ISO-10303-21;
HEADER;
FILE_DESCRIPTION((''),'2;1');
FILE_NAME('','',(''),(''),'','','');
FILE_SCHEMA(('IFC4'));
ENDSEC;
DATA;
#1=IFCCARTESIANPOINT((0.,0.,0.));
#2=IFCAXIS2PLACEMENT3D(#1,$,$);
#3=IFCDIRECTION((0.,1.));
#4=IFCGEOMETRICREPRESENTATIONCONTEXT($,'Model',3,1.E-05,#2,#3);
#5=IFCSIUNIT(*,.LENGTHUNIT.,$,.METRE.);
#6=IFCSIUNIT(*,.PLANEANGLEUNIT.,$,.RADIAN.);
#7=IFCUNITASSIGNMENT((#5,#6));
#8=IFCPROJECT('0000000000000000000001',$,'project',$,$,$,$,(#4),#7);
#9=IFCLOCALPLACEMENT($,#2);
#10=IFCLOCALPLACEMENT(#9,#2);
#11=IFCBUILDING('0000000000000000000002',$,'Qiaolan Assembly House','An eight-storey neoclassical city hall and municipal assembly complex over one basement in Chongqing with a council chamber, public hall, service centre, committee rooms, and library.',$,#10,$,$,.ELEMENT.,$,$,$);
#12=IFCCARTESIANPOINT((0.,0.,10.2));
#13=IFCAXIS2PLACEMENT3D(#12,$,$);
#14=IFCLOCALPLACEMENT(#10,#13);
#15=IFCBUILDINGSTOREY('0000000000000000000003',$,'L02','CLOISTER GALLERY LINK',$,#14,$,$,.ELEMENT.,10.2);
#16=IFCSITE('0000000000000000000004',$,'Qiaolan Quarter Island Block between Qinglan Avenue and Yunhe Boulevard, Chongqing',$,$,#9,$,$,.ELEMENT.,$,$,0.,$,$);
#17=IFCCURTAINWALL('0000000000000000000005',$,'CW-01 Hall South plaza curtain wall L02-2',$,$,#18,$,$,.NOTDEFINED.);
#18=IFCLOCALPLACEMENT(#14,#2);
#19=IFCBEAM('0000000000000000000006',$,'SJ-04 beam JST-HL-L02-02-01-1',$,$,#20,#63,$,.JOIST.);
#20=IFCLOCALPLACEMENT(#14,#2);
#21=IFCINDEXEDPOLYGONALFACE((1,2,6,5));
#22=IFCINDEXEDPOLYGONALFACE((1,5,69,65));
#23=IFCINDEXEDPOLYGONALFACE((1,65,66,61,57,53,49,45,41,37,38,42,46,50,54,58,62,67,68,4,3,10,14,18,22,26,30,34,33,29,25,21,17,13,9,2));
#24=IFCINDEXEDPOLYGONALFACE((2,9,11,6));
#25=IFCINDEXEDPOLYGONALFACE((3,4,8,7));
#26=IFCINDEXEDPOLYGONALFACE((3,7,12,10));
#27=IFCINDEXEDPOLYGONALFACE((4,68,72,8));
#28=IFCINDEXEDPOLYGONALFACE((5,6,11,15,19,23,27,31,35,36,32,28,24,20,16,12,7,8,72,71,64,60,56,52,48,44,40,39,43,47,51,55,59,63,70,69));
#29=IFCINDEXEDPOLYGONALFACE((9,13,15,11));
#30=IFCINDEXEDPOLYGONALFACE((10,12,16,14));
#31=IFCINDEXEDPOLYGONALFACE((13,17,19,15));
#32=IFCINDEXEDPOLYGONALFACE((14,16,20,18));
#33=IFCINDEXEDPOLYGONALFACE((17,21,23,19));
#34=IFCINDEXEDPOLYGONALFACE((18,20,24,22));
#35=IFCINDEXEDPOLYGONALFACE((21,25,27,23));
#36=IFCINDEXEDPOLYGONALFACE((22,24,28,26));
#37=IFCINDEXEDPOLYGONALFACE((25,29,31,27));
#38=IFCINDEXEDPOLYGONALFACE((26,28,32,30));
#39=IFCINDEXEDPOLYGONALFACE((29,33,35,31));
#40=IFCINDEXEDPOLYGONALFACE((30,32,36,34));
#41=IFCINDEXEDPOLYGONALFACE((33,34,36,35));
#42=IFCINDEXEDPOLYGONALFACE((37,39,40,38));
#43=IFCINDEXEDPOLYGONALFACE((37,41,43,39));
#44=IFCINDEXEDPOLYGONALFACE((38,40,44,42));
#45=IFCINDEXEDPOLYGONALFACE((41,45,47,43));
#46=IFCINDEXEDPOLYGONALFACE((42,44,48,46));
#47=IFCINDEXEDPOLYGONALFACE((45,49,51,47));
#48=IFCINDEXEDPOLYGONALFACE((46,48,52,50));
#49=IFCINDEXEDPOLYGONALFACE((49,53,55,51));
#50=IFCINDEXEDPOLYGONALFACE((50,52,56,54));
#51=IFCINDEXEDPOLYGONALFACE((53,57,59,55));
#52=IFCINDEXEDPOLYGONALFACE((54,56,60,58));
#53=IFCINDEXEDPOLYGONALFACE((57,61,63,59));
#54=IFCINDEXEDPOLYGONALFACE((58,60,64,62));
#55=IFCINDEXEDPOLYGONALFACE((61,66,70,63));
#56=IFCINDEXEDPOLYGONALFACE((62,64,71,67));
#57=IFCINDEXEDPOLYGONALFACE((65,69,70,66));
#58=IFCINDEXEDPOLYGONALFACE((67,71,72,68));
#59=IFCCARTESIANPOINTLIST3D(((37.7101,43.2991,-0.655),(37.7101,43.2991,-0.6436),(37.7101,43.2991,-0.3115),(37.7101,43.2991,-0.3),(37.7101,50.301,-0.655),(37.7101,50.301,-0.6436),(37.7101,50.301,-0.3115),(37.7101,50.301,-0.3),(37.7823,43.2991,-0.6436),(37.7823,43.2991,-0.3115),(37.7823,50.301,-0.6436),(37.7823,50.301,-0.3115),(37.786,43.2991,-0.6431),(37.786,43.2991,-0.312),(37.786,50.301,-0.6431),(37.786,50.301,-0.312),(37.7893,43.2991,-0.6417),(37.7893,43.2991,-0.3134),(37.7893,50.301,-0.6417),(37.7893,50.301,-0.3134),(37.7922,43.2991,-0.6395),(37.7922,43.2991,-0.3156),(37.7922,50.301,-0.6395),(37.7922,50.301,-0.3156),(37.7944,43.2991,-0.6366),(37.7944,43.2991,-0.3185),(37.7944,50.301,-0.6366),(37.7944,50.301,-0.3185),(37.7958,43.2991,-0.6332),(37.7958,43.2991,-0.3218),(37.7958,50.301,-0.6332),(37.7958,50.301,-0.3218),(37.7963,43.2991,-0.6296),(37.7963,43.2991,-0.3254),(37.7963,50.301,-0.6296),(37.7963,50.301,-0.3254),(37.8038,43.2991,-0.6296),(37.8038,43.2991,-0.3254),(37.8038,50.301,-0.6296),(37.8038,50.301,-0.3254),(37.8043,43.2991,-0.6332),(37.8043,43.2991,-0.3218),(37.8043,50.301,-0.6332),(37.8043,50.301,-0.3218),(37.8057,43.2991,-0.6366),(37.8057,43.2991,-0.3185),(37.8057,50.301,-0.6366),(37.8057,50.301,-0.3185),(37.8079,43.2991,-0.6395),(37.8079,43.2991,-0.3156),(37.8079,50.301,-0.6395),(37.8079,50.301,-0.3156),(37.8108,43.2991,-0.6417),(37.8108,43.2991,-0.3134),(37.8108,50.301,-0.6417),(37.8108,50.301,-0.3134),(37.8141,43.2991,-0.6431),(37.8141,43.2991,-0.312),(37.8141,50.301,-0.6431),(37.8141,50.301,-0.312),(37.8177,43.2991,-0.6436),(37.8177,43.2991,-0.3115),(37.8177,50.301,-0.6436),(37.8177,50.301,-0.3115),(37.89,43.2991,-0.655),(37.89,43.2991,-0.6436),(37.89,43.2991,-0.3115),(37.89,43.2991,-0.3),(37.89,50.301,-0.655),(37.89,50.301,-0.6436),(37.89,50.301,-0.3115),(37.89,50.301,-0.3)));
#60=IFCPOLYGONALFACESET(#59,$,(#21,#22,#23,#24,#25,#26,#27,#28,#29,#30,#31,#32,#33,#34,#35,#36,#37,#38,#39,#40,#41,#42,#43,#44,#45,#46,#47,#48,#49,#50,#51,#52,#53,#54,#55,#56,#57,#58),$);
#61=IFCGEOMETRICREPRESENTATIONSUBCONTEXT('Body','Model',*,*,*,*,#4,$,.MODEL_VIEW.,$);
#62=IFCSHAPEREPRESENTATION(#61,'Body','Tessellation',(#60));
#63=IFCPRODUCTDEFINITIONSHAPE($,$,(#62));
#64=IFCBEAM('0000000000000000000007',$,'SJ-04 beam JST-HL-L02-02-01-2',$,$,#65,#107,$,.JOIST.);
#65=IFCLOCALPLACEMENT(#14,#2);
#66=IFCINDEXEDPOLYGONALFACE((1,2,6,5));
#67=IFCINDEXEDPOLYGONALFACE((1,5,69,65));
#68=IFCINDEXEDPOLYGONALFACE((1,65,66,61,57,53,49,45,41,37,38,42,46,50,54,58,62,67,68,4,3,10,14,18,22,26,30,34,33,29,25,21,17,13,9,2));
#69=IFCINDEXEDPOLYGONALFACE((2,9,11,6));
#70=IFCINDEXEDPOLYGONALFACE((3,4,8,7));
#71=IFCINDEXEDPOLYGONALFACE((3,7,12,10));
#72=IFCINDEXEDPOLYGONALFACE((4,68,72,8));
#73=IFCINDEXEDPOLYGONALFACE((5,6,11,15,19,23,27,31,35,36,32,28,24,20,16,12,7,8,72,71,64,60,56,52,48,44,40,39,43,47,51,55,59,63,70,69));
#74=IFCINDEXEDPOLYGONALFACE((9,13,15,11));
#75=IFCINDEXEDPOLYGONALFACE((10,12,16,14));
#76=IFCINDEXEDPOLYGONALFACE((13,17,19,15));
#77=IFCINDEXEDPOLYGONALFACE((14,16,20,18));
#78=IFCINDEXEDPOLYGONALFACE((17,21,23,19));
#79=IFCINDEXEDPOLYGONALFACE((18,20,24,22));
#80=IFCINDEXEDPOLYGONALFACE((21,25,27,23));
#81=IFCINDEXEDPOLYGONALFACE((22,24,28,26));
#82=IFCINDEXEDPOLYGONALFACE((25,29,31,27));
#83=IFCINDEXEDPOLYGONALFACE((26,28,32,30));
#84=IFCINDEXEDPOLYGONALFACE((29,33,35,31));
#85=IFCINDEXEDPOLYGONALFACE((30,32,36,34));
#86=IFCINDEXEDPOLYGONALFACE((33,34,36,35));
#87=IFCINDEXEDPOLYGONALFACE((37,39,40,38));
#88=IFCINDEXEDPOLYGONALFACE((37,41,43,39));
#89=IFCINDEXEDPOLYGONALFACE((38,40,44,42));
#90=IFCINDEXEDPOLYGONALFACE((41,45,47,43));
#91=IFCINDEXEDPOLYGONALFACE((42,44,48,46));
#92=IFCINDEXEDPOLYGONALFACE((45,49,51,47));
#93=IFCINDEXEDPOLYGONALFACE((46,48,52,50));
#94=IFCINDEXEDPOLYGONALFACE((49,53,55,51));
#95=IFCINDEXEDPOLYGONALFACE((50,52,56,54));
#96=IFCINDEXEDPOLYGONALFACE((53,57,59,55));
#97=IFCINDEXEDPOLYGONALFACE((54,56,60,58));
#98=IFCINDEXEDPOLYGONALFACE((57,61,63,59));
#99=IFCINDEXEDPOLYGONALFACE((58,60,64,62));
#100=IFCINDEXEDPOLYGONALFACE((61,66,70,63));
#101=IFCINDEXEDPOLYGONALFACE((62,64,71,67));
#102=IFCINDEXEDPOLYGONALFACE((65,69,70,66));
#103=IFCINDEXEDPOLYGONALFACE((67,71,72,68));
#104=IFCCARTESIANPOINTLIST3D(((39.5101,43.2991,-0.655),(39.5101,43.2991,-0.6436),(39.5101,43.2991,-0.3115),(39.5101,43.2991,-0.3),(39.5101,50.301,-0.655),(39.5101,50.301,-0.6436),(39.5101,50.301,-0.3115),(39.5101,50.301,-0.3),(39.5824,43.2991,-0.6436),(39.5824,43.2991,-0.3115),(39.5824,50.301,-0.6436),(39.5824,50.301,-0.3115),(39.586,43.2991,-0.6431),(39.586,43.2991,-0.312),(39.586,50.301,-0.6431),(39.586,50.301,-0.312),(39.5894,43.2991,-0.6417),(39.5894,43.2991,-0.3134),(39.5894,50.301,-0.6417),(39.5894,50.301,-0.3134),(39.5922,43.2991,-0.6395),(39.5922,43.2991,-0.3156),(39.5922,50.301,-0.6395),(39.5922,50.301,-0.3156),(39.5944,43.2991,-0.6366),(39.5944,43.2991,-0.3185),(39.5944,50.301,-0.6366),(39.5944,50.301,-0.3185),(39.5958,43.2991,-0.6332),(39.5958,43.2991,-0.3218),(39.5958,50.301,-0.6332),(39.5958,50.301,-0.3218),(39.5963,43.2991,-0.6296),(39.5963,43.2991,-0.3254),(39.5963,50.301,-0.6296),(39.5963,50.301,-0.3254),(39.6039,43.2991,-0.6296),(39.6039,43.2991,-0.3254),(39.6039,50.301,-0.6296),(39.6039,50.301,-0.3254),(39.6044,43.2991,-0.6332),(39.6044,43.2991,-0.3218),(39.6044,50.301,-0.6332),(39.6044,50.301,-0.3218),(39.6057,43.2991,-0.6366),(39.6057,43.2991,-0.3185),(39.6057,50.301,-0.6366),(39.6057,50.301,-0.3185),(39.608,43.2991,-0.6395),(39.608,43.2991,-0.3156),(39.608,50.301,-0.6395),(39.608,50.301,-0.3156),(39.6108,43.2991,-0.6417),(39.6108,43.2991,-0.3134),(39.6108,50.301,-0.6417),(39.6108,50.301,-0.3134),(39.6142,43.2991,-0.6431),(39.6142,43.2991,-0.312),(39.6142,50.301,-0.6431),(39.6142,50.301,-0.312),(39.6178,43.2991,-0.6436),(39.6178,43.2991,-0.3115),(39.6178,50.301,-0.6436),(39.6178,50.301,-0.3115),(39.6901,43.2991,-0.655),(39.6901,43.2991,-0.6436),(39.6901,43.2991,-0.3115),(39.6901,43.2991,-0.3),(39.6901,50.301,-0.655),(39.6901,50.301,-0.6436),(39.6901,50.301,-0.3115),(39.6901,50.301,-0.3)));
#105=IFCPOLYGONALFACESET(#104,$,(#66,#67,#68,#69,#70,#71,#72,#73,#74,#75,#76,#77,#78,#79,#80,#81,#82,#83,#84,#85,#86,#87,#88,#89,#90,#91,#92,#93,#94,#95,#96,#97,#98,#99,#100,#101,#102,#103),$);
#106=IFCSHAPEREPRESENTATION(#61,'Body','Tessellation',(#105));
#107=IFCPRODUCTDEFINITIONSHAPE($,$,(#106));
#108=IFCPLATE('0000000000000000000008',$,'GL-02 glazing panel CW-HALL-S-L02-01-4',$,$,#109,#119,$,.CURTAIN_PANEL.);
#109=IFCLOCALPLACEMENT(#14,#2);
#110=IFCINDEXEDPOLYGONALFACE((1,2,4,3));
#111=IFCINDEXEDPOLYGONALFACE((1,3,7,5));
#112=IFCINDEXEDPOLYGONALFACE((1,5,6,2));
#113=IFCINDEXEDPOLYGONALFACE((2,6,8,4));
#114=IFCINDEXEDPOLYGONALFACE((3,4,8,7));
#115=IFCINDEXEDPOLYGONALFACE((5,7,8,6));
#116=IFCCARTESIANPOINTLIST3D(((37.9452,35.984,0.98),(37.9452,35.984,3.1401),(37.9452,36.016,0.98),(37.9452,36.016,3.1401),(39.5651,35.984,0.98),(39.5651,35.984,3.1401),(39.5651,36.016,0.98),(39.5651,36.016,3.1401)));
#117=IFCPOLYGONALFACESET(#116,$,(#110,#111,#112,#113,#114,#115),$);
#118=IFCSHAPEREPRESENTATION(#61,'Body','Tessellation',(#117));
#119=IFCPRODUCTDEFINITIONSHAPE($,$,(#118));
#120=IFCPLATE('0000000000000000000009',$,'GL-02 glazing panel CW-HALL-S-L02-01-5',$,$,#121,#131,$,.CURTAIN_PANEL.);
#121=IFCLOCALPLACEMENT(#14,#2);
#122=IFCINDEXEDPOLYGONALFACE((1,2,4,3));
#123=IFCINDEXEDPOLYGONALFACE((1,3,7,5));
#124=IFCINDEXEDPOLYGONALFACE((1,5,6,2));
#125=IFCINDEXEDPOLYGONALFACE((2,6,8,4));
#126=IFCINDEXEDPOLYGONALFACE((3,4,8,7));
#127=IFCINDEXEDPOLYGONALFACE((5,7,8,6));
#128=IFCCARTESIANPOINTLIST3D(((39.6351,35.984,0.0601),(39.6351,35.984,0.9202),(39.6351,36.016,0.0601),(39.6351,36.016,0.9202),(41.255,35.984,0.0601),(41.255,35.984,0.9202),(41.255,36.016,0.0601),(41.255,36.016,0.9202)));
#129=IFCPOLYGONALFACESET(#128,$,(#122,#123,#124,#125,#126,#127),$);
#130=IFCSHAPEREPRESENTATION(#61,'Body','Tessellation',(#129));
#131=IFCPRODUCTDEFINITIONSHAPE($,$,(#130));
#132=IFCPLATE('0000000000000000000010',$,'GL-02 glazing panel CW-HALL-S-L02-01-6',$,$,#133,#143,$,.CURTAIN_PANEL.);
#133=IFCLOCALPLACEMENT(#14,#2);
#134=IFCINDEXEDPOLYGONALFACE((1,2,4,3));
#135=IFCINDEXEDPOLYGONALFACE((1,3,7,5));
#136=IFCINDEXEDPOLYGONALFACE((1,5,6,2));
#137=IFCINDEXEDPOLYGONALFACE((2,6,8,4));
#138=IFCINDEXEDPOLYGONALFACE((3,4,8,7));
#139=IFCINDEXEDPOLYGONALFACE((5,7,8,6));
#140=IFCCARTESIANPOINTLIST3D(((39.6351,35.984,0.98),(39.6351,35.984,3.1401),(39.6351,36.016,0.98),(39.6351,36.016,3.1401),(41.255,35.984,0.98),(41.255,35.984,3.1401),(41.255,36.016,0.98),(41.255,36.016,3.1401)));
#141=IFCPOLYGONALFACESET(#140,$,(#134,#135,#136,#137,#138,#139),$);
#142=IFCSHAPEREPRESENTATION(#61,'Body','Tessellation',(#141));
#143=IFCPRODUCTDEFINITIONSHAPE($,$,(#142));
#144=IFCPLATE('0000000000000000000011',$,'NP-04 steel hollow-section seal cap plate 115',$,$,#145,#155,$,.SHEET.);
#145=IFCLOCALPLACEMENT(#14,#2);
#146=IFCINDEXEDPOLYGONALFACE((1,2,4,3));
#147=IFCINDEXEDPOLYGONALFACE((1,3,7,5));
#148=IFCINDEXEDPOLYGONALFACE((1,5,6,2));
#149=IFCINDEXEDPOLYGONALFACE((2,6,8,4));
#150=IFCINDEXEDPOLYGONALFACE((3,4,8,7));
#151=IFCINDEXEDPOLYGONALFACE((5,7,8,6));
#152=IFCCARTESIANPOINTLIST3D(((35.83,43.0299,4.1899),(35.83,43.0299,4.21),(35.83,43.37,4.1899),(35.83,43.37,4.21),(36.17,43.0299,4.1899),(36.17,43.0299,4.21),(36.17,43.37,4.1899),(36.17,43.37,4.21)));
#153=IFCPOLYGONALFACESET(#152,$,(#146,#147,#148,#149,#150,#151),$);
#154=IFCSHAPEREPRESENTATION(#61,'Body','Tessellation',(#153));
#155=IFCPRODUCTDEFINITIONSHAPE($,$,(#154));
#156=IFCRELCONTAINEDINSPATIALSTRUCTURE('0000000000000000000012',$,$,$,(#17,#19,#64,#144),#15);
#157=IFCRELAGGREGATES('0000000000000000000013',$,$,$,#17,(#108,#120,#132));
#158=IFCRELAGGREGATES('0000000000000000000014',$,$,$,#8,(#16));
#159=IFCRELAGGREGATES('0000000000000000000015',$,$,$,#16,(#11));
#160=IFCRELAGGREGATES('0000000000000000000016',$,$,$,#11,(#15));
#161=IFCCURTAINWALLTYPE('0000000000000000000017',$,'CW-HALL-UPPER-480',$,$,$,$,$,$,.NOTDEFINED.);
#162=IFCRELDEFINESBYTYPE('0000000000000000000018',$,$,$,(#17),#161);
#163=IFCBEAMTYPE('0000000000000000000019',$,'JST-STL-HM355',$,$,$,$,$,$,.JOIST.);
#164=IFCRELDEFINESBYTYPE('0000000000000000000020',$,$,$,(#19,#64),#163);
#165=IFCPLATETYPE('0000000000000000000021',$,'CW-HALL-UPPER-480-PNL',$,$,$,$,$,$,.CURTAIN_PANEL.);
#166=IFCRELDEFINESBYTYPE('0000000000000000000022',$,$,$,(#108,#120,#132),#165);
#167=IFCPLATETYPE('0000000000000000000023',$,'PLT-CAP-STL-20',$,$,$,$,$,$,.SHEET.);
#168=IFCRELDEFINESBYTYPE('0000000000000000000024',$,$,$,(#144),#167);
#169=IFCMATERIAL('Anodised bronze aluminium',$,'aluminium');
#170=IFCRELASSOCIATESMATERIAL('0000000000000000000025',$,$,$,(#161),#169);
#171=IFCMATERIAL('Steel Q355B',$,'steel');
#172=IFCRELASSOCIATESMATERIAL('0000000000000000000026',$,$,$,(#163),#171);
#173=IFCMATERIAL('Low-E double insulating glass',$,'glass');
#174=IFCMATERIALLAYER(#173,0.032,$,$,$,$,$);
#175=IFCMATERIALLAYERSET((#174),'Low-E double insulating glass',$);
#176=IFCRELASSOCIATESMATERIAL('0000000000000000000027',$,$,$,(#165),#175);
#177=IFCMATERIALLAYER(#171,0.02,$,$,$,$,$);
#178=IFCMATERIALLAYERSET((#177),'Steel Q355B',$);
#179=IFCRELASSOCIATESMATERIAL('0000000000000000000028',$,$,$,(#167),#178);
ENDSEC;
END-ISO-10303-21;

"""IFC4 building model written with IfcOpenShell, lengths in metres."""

from ifc_helpers import new_model, si_unit, direction, frame, frame_2d, origin, origin_2d, place, context, subcontext, project, spatial, rectangle, i_section, extrude, material, layer, layer_set, material_profile, profile_set, type_object, element, aggregate, save


model = new_model("IFC4")

# Units and contexts
model_context = context("Model", 3, precision=1e-05, world=origin(), true_north=direction((0.0, 1.0)))
body_context = subcontext(model_context, "Body", "Model", "MODEL_VIEW")
ifc_project = project(units=[si_unit("LENGTHUNIT", "METRE"), si_unit("PLANEANGLEUNIT", "RADIAN")], contexts=[model_context])

# Site, building, storey
site_placement = place(None, origin())
site = spatial("IfcSite", under=ifc_project, at=site_placement, Name="Qiaolan Quarter Island Block between Qinglan Avenue and Yunhe Boulevard, Chongqing", CompositionType="ELEMENT", RefElevation=0.0)
building_placement = place(site_placement, origin())
building = spatial("IfcBuilding", under=site, at=building_placement, Name="Qiaolan Assembly House", Description="An eight-storey neoclassical city hall and municipal assembly complex over one basement in Chongqing with a council chamber, public hall, service centre, committee rooms, and library.", CompositionType="ELEMENT")
storey_placement = place(building_placement, frame((0.0, 0.0, 10.2)))
storey = spatial("IfcBuildingStorey", under=building, at=storey_placement, Name="L02", Description="CLOISTER GALLERY LINK", CompositionType="ELEMENT", Elevation=10.2)

# Shared definitions
ifc_material_1 = material(Name="Steel Q355B", Category="steel")

# Curtain wall
ifc_material_2 = material(Name="Anodised bronze aluminium", Category="aluminium")
curtain_wall_type = type_object("IfcCurtainWallType", Name="CW-HALL-UPPER-480", PredefinedType="NOTDEFINED", material=ifc_material_2)
curtain_wall_placement = place(storey_placement, origin())
curtain_wall = element("IfcCurtainWall", 1, at=curtain_wall_placement, inside=storey, type_object=curtain_wall_type, Name="CW-01 Hall South plaza curtain wall L02-2", PredefinedType="NOTDEFINED")

# Beams
ifc_material_profile_1 = material_profile(ifc_material_1, i_section(OverallWidth=0.1799, OverallDepth=0.355, WebThickness=0.0076, FlangeThickness=0.0115, FilletRadius=0.0139, at=origin_2d()), Name="HM 355x180x7.5x11.5")
ifc_profile_set_1 = profile_set([ifc_material_profile_1], Name="Steel Q355B")
beam_type_1 = type_object("IfcBeamType", Name="JST-STL-HM355", PredefinedType="JOIST", material=ifc_profile_set_1)
for number, where, z_axis, x_axis, name in (
    (2, (37.8, 43.2991, -0.4775), (0.0, 1.0, 0.0), (-1.0, 0.0, 0.0), "SJ-04 beam JST-HL-L02-02-01-1"),
    (3, (39.6001, 43.2991, -0.4775), (0.0, 1.0, 0.0), (-1.0, 0.0, 0.0), "SJ-04 beam JST-HL-L02-02-01-2"),
):
    element("IfcBeam", number, at=place(storey_placement, frame(where, z_axis=z_axis, x_axis=x_axis)), inside=storey, type_object=beam_type_1, Name=name, PredefinedType="JOIST", context=body_context, shape_type="SweptSolid", body=[
        extrude(i_section(OverallWidth=0.1799, OverallDepth=0.355, WebThickness=0.0076, FlangeThickness=0.0115, FilletRadius=0.0139, at=origin_2d()), origin(), (0.0, 0.0, 1.0), 7.002),
    ])

# Plates
ifc_material_3 = material(Name="Low-E double insulating glass", Category="glass")
ifc_layer_1 = layer(ifc_material_3, 0.032)
ifc_layer_set_1 = layer_set([ifc_layer_1], Name="Low-E double insulating glass")
plate_type_1 = type_object("IfcPlateType", Name="CW-HALL-UPPER-480-PNL", PredefinedType="CURTAIN_PANEL", material=ifc_layer_set_1)
plate_1_placement = place(storey_placement, frame((37.9451, 36.0, 0.98), z_axis=(0.0, 0.0, 1.0), x_axis=(1.0, 0.0, 0.0)))
plate_1 = element("IfcPlate", 4, at=plate_1_placement, type_object=plate_type_1, Name="GL-02 glazing panel CW-HALL-S-L02-01-4", PredefinedType="CURTAIN_PANEL", context=body_context, shape_type="SweptSolid", body=[
    extrude(rectangle(XDim=1.6199, YDim=0.032, at=frame_2d((0.8101, 0.0))), origin(), (0.0, 0.0, 1.0), 2.1602),
])
plate_2_placement = place(storey_placement, frame((39.635, 36.0, 0.0601), z_axis=(0.0, 0.0, 1.0), x_axis=(1.0, 0.0, 0.0)))
plate_2 = element("IfcPlate", 5, at=plate_2_placement, type_object=plate_type_1, Name="GL-02 glazing panel CW-HALL-S-L02-01-5", PredefinedType="CURTAIN_PANEL", context=body_context, shape_type="SweptSolid", body=[
    extrude(rectangle(XDim=1.6199, YDim=0.032, at=frame_2d((0.8101, 0.0))), origin(), (0.0, 0.0, 1.0), 0.8601),
])
plate_3_placement = place(storey_placement, frame((39.635, 36.0, 0.98), z_axis=(0.0, 0.0, 1.0), x_axis=(1.0, 0.0, 0.0)))
plate_3 = element("IfcPlate", 6, at=plate_3_placement, type_object=plate_type_1, Name="GL-02 glazing panel CW-HALL-S-L02-01-6", PredefinedType="CURTAIN_PANEL", context=body_context, shape_type="SweptSolid", body=[
    extrude(rectangle(XDim=1.6199, YDim=0.032, at=frame_2d((0.8101, 0.0))), origin(), (0.0, 0.0, 1.0), 2.1602),
])
aggregate(curtain_wall, [plate_1, plate_2, plate_3])
ifc_layer_2 = layer(ifc_material_1, 0.02)
ifc_layer_set_2 = layer_set([ifc_layer_2], Name="Steel Q355B")
plate_type_2 = type_object("IfcPlateType", Name="PLT-CAP-STL-20", PredefinedType="SHEET", material=ifc_layer_set_2)
plate_4_placement = place(storey_placement, frame((36.0, 43.2, 4.1899), z_axis=(0.0, 0.0, 1.0), x_axis=(1.0, 0.0, 0.0)))
element("IfcPlate", 7, at=plate_4_placement, inside=storey, type_object=plate_type_2, Name="NP-04 steel hollow-section seal cap plate 115", PredefinedType="SHEET", context=body_context, shape_type="SweptSolid", body=[
    extrude(rectangle(XDim=0.3401, YDim=0.3401, at=origin_2d()), origin(), (0.0, 0.0, 1.0), 0.02),
])

save(model, "model.ifc")
